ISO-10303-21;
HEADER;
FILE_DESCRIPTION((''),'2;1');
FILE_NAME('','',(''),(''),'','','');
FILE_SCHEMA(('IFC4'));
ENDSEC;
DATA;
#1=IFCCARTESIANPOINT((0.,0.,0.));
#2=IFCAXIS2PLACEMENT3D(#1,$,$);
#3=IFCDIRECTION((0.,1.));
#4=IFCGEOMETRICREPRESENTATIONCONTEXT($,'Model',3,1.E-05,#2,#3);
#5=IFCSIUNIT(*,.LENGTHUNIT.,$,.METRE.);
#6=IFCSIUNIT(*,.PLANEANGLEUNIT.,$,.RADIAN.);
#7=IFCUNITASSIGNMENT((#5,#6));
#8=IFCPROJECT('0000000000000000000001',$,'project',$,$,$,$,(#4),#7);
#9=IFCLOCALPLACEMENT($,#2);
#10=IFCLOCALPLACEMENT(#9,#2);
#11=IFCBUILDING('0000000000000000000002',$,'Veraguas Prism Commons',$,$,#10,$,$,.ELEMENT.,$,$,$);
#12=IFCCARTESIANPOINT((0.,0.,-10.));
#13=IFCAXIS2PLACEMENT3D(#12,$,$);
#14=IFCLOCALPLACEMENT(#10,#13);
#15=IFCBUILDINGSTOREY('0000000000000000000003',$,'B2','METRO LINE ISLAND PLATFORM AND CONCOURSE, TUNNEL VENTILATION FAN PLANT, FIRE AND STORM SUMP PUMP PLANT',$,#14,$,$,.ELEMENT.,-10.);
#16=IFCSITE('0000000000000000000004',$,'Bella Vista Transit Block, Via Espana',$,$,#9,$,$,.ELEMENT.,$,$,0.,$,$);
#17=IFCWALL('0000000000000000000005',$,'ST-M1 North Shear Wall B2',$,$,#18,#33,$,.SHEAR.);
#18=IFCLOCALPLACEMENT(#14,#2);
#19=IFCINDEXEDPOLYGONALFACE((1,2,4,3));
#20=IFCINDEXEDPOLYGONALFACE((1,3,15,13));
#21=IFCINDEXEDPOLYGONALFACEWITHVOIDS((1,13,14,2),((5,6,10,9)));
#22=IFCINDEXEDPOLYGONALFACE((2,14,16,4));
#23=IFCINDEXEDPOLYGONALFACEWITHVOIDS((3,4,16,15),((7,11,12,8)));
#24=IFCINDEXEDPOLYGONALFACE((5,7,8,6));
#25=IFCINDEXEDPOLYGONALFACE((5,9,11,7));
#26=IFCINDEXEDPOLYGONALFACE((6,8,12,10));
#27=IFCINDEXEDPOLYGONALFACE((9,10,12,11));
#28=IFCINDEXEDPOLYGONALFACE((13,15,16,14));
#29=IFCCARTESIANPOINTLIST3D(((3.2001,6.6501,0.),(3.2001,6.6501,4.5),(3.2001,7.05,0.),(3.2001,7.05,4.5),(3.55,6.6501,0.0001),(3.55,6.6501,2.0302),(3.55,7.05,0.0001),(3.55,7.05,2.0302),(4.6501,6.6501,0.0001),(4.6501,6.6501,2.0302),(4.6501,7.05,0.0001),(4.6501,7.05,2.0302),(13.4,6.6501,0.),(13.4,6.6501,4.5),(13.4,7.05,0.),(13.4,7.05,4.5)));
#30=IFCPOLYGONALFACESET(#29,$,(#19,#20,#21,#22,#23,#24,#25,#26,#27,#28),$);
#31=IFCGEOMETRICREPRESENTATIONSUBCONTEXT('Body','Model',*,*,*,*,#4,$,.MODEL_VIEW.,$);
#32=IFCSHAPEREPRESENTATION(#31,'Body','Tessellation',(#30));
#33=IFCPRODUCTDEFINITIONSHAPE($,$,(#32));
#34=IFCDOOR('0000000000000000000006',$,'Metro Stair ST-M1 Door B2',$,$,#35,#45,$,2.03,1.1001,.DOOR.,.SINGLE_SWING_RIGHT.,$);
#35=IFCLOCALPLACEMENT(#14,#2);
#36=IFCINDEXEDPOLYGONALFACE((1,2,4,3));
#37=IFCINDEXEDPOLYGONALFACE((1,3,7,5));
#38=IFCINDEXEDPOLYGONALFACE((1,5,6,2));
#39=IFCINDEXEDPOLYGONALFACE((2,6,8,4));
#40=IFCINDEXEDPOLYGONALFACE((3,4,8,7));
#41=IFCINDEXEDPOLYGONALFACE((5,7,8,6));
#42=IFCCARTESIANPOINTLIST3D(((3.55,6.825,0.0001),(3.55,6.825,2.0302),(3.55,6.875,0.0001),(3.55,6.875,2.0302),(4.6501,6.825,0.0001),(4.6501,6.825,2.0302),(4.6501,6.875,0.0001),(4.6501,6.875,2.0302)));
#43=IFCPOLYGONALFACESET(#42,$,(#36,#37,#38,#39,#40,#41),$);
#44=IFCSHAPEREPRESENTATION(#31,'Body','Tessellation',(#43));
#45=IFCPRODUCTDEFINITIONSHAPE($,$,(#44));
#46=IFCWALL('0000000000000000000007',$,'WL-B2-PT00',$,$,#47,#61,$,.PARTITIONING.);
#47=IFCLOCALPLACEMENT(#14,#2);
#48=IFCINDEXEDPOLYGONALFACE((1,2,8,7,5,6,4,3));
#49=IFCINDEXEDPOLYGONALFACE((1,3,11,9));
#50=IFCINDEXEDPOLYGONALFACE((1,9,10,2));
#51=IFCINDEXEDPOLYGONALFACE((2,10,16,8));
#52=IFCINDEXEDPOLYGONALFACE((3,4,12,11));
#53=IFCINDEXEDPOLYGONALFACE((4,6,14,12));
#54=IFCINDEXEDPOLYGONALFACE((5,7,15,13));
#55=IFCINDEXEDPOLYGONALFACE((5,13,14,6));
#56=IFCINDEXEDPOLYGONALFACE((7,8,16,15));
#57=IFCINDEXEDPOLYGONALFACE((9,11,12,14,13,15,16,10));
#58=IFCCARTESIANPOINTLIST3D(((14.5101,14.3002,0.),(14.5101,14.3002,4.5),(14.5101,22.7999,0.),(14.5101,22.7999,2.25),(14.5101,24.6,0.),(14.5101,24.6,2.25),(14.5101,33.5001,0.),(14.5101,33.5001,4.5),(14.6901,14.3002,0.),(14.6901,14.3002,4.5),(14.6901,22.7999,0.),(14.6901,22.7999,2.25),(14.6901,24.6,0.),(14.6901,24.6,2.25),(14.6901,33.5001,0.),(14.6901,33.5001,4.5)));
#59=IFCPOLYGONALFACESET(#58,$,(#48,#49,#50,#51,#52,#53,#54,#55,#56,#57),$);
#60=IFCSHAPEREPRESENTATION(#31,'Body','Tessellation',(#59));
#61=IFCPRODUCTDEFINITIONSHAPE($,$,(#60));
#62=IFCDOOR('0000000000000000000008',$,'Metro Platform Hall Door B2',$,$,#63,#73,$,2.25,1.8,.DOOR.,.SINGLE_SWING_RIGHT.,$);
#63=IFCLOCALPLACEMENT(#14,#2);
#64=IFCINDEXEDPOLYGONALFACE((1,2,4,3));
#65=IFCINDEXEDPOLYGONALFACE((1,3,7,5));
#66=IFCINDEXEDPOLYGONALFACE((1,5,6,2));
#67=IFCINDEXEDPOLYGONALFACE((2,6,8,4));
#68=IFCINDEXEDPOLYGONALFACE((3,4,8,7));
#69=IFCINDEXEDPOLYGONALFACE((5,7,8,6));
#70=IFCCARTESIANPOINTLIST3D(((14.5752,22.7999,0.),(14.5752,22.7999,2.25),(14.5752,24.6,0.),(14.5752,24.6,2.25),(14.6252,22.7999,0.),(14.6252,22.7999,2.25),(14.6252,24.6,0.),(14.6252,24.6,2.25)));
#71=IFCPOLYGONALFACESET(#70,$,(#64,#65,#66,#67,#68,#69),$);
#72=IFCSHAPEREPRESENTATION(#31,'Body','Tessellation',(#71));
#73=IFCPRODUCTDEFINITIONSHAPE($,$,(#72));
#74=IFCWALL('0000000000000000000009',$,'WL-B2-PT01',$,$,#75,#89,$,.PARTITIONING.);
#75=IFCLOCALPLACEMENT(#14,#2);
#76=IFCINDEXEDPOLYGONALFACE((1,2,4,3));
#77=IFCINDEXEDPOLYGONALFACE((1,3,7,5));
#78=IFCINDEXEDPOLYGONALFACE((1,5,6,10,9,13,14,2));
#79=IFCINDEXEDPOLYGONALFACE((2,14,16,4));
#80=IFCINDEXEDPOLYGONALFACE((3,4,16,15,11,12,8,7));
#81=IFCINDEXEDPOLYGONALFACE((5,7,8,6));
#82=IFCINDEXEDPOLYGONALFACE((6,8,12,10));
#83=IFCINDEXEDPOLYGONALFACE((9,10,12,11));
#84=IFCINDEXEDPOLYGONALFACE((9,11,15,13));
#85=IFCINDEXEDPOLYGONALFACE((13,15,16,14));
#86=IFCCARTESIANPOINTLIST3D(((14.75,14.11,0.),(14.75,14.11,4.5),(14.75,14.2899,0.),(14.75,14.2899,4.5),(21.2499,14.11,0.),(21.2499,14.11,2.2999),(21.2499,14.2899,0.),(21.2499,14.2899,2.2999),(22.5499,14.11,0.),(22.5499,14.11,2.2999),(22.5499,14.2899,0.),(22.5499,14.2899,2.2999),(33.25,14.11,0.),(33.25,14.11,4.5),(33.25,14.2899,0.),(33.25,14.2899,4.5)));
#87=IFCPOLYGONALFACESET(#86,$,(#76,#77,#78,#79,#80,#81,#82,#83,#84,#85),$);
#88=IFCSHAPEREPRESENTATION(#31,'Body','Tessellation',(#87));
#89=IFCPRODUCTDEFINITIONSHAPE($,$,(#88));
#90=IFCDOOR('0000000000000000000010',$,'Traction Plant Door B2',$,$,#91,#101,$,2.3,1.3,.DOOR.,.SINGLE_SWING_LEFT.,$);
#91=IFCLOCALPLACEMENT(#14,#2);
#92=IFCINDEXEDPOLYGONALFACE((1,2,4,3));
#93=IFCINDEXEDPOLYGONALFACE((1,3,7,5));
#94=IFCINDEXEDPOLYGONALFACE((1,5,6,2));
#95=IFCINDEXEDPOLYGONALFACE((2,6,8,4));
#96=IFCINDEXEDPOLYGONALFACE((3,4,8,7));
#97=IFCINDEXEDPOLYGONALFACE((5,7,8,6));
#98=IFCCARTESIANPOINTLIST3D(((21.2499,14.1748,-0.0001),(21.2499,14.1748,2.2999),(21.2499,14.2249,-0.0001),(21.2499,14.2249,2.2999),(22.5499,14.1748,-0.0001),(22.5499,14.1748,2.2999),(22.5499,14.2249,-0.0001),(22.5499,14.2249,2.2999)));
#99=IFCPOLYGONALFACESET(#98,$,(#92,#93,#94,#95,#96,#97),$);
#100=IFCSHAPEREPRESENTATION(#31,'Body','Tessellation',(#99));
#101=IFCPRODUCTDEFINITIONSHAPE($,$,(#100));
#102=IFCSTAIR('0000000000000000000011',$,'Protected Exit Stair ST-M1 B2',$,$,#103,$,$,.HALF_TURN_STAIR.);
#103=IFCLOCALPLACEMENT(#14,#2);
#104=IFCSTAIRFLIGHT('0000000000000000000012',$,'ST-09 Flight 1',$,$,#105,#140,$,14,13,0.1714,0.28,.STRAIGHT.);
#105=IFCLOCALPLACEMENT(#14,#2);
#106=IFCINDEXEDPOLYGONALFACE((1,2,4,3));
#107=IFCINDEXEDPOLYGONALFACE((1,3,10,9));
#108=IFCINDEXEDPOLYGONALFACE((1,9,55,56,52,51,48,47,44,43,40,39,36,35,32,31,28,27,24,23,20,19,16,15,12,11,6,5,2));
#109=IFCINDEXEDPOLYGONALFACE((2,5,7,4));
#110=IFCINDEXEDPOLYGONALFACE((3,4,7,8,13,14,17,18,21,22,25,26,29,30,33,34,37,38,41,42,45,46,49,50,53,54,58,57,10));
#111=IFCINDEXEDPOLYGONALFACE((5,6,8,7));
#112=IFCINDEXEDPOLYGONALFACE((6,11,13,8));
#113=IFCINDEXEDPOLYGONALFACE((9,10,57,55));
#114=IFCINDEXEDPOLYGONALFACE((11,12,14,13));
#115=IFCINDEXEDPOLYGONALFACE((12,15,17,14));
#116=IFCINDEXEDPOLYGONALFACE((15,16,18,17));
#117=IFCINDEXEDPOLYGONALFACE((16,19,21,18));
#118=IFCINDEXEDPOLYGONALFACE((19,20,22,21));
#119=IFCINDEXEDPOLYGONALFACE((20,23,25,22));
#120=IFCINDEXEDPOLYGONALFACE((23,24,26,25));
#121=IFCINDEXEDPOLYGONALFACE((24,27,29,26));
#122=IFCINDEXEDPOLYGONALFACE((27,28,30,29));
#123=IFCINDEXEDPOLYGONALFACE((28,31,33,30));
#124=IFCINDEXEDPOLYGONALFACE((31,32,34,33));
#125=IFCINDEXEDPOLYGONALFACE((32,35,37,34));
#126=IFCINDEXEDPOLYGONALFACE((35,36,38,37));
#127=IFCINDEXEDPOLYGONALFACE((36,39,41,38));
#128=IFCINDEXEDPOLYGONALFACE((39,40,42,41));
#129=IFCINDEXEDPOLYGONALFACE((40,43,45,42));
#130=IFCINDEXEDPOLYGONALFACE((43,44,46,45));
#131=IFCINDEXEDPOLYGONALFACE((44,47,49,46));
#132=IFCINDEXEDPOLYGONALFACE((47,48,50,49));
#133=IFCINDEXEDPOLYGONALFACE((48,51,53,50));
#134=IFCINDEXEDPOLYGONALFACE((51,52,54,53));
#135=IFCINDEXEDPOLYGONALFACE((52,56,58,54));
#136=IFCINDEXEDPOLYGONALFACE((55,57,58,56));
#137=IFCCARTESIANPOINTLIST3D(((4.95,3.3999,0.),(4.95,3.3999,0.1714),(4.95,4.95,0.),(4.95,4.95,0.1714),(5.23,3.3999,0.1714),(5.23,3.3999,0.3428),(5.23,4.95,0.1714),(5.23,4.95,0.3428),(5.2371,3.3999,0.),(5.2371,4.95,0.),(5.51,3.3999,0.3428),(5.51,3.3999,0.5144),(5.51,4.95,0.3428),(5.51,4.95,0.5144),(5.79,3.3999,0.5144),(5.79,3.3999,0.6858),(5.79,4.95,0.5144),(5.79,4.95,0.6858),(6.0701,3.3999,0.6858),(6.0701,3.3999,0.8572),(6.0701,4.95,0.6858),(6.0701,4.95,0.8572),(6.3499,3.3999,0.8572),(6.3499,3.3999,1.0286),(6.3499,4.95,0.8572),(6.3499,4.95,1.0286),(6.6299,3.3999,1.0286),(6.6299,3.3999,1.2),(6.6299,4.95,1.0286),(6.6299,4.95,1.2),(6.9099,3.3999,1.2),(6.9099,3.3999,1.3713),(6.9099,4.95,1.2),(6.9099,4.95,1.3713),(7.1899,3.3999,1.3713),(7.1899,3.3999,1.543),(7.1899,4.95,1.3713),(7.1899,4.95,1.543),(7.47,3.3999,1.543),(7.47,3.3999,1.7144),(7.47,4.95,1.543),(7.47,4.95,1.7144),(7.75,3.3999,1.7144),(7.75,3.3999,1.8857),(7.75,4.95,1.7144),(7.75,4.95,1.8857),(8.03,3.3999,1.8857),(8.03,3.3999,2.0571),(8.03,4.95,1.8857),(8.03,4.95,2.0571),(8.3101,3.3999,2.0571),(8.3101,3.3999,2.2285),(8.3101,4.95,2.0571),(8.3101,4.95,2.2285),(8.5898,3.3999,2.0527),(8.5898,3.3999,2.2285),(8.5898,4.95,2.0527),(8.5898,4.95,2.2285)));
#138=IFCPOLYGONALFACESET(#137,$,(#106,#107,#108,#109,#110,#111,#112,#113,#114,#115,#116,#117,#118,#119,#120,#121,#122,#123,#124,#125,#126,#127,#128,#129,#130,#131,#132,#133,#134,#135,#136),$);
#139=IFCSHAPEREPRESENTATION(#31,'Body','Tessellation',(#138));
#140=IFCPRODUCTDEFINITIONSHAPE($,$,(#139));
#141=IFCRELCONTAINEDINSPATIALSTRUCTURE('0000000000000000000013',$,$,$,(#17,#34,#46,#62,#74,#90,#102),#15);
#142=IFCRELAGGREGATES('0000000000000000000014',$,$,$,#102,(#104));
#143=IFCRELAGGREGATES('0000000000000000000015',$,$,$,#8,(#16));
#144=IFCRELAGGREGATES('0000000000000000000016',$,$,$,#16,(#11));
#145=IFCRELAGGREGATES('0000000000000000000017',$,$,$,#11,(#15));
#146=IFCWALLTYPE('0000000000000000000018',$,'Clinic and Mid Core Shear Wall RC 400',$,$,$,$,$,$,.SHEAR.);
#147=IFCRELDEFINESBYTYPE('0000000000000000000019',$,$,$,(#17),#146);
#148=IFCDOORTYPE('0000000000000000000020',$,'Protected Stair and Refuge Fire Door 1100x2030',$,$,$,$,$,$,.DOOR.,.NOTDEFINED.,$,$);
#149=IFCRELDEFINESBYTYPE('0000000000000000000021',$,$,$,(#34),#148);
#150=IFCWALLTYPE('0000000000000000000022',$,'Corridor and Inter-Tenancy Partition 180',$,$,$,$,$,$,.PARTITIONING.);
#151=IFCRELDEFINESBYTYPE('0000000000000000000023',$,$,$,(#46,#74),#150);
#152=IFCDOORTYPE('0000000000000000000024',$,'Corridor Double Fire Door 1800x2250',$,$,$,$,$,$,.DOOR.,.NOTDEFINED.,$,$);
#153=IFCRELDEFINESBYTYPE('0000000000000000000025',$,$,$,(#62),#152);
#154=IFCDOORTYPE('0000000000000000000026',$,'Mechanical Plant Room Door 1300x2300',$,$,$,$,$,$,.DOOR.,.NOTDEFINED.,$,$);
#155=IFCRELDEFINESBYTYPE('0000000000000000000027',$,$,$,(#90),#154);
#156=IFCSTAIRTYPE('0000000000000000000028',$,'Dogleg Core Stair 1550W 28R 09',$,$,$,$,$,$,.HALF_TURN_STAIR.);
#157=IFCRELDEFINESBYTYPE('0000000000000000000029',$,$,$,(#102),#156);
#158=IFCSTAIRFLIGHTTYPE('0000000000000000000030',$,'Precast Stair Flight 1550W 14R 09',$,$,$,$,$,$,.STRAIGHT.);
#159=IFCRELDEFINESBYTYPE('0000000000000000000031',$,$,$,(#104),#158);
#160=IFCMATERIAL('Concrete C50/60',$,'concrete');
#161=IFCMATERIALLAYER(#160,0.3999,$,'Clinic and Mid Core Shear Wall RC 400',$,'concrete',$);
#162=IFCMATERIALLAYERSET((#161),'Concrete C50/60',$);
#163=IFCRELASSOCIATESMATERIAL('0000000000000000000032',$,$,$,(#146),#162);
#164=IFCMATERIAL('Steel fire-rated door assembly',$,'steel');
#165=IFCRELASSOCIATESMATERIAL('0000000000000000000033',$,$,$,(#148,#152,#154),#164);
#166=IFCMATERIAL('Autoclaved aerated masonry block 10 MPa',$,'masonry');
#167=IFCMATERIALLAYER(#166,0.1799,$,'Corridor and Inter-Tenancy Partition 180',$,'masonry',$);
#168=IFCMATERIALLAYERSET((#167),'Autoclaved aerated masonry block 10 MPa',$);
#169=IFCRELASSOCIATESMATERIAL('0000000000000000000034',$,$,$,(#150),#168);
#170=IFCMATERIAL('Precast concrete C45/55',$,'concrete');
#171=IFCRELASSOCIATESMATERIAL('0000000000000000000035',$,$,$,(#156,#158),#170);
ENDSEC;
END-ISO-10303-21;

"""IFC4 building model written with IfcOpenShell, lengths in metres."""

from ifc_helpers import new_model, si_unit, direction, frame, frame_2d, origin, place, context, subcontext, project, spatial, polyline, rectangle, outline, extrude, source, transform, mapped, material, layer, layer_set, type_object, element, fill, aggregate, save


model = new_model("IFC4")

# Units and contexts
model_context = context("Model", 3, precision=1e-05, world=origin(), true_north=direction((0.0, 1.0)))
body_context = subcontext(model_context, "Body", "Model", "MODEL_VIEW")
ifc_project = project(units=[si_unit("LENGTHUNIT", "METRE"), si_unit("PLANEANGLEUNIT", "RADIAN")], contexts=[model_context])

# Site, building, storey
site_placement = place(None, origin())
site = spatial("IfcSite", under=ifc_project, at=site_placement, Name="Bella Vista Transit Block, Via Espana", CompositionType="ELEMENT", RefElevation=0.0)
building_placement = place(site_placement, origin())
building = spatial("IfcBuilding", under=site, at=building_placement, Name="Veraguas Prism Commons", CompositionType="ELEMENT")
storey_placement = place(building_placement, frame((0.0, 0.0, -10.0)))
storey = spatial("IfcBuildingStorey", under=building, at=storey_placement, Name="B2", Description="METRO LINE ISLAND PLATFORM AND CONCOURSE, TUNNEL VENTILATION FAN PLANT, FIRE AND STORM SUMP PUMP PLANT", CompositionType="ELEMENT", Elevation=-10.0)

# Walls, openings, doors
ifc_material_1 = material(Name="Concrete C50/60", Category="concrete")
ifc_layer_1 = layer(ifc_material_1, 0.3999, Name="Clinic and Mid Core Shear Wall RC 400", Category="concrete")
ifc_layer_set_1 = layer_set([ifc_layer_1], Name="Concrete C50/60")
wall_type_1 = type_object("IfcWallType", Name="Clinic and Mid Core Shear Wall RC 400", PredefinedType="SHEAR", material=ifc_layer_set_1)
wall_1_placement = place(storey_placement, frame((3.2, 6.8501, 0.0), z_axis=(0.0, 0.0, 1.0), x_axis=(1.0, 0.0, 0.0)))
wall_1 = element("IfcWall", 1, at=wall_1_placement, inside=storey, type_object=wall_type_1, Name="ST-M1 North Shear Wall B2", PredefinedType="SHEAR", context=body_context, shape_type="SweptSolid", body=[
    extrude(rectangle(XDim=10.2, YDim=0.3999, at=frame_2d((5.1001, 0.0))), origin(), (0.0, 0.0, 1.0), 4.5),
])
opening_1_placement = place(wall_1_placement, frame((0.3501, 0.0, 0.0)))
opening_1 = element("IfcOpeningElement", 2, at=opening_1_placement, cuts=wall_1, PredefinedType="OPENING", context=body_context, shape_type="SweptSolid", body=[
    extrude(rectangle(XDim=1.1001, YDim=2.03, at=frame_2d((0.55, 1.0151))), frame((0.0, 0.21, 0.0), z_axis=(0.0, -1.0, 0.0), x_axis=(1.0, 0.0, 0.0)), (0.0, 0.0, 1.0), 0.4199),
])
ifc_material_2 = material(Name="Steel fire-rated door assembly", Category="steel")
door_type_1 = type_object("IfcDoorType", Name="Protected Stair and Refuge Fire Door 1100x2030", OperationType="NOTDEFINED", PredefinedType="DOOR", material=ifc_material_2)
shared_shape_1 = source(origin(), body_context, "Body", "SweptSolid", [
    extrude(rectangle(XDim=1.1001, YDim=2.03, at=frame_2d((0.55, 1.0151))), frame((0.0, 0.0249, 0.0), z_axis=(0.0, -1.0, 0.0), x_axis=(1.0, 0.0, 0.0)), (0.0, 0.0, 1.0), 0.05),
])
door_1_placement = place(opening_1_placement, origin())
door_1 = element("IfcDoor", 3, at=door_1_placement, inside=storey, type_object=door_type_1, Name="Metro Stair ST-M1 Door B2", OperationType="SINGLE_SWING_RIGHT", OverallHeight=2.03, OverallWidth=1.1001, PredefinedType="DOOR", context=body_context, shape_type="MappedRepresentation", body=[
    mapped(shared_shape_1, transform((0.0, 0.0, 0.0), scale=1.0)),
])
fill(opening_1, door_1)
ifc_material_3 = material(Name="Autoclaved aerated masonry block 10 MPa", Category="masonry")
ifc_layer_2 = layer(ifc_material_3, 0.1799, Name="Corridor and Inter-Tenancy Partition 180", Category="masonry")
ifc_layer_set_2 = layer_set([ifc_layer_2], Name="Autoclaved aerated masonry block 10 MPa")
wall_type_2 = type_object("IfcWallType", Name="Corridor and Inter-Tenancy Partition 180", PredefinedType="PARTITIONING", material=ifc_layer_set_2)
wall_2_placement = place(storey_placement, frame((14.6001, 14.3, 0.0), z_axis=(0.0, 0.0, 1.0), x_axis=(0.0, 1.0, 0.0)))
wall_2 = element("IfcWall", 4, at=wall_2_placement, inside=storey, type_object=wall_type_2, Name="WL-B2-PT00", PredefinedType="PARTITIONING", context=body_context, shape_type="SweptSolid", body=[
    extrude(rectangle(XDim=19.2, YDim=0.1799, at=frame_2d((9.6001, 0.0))), origin(), (0.0, 0.0, 1.0), 4.5),
])
opening_2_placement = place(wall_2_placement, frame((8.5, 0.0, 0.0)))
opening_2 = element("IfcOpeningElement", 5, at=opening_2_placement, cuts=wall_2, PredefinedType="OPENING", context=body_context, shape_type="SweptSolid", body=[
    extrude(rectangle(XDim=1.8, YDim=2.25, at=frame_2d((0.8999, 1.125))), frame((0.0, 0.0999, 0.0), z_axis=(0.0, -1.0, 0.0), x_axis=(1.0, 0.0, 0.0)), (0.0, 0.0, 1.0), 0.2),
])
door_type_2 = type_object("IfcDoorType", Name="Corridor Double Fire Door 1800x2250", OperationType="NOTDEFINED", PredefinedType="DOOR", material=ifc_material_2)
shared_shape_2 = source(origin(), body_context, "Body", "SweptSolid", [
    extrude(rectangle(XDim=1.8, YDim=2.25, at=frame_2d((0.8999, 1.125))), frame((0.0, 0.0249, 0.0), z_axis=(0.0, -1.0, 0.0), x_axis=(1.0, 0.0, 0.0)), (0.0, 0.0, 1.0), 0.05),
])
door_2_placement = place(opening_2_placement, origin())
door_2 = element("IfcDoor", 6, at=door_2_placement, inside=storey, type_object=door_type_2, Name="Metro Platform Hall Door B2", OperationType="SINGLE_SWING_RIGHT", OverallHeight=2.25, OverallWidth=1.8, PredefinedType="DOOR", context=body_context, shape_type="MappedRepresentation", body=[
    mapped(shared_shape_2, transform((0.0, 0.0, 0.0), scale=1.0)),
])
fill(opening_2, door_2)
wall_3_placement = place(storey_placement, frame((14.75, 14.2, 0.0), z_axis=(0.0, 0.0, 1.0), x_axis=(1.0, 0.0, 0.0)))
wall_3 = element("IfcWall", 7, at=wall_3_placement, inside=storey, type_object=wall_type_2, Name="WL-B2-PT01", PredefinedType="PARTITIONING", context=body_context, shape_type="SweptSolid", body=[
    extrude(rectangle(XDim=18.5, YDim=0.1799, at=frame_2d((9.25, 0.0))), origin(), (0.0, 0.0, 1.0), 4.5),
])
opening_3_placement = place(wall_3_placement, frame((6.5, 0.0, 0.0)))
opening_3 = element("IfcOpeningElement", 8, at=opening_3_placement, cuts=wall_3, PredefinedType="OPENING", context=body_context, shape_type="SweptSolid", body=[
    extrude(rectangle(XDim=1.3, YDim=2.3, at=frame_2d((0.6499, 1.1499))), frame((0.0, 0.0999, 0.0), z_axis=(0.0, -1.0, 0.0), x_axis=(1.0, 0.0, 0.0)), (0.0, 0.0, 1.0), 0.2),
])
door_type_3 = type_object("IfcDoorType", Name="Mechanical Plant Room Door 1300x2300", OperationType="NOTDEFINED", PredefinedType="DOOR", material=ifc_material_2)
shared_shape_3 = source(origin(), body_context, "Body", "SweptSolid", [
    extrude(rectangle(XDim=1.3, YDim=2.3, at=frame_2d((0.6499, 1.1499))), frame((0.0, 0.0249, 0.0), z_axis=(0.0, -1.0, 0.0), x_axis=(1.0, 0.0, 0.0)), (0.0, 0.0, 1.0), 0.05),
])
door_3_placement = place(opening_3_placement, origin())
door_3 = element("IfcDoor", 9, at=door_3_placement, inside=storey, type_object=door_type_3, Name="Traction Plant Door B2", OperationType="SINGLE_SWING_LEFT", OverallHeight=2.3, OverallWidth=1.3, PredefinedType="DOOR", context=body_context, shape_type="MappedRepresentation", body=[
    mapped(shared_shape_3, transform((0.0, 0.0, 0.0), scale=1.0)),
])
fill(opening_3, door_3)

# Stair, stair flight
ifc_material_4 = material(Name="Precast concrete C45/55", Category="concrete")
stair_type = type_object("IfcStairType", Name="Dogleg Core Stair 1550W 28R 09", PredefinedType="HALF_TURN_STAIR", material=ifc_material_4)
stair_placement = place(storey_placement, origin())
stair = element("IfcStair", 10, at=stair_placement, inside=storey, type_object=stair_type, Name="Protected Exit Stair ST-M1 B2", PredefinedType="HALF_TURN_STAIR")
stair_flight_type = type_object("IfcStairFlightType", Name="Precast Stair Flight 1550W 14R 09", PredefinedType="STRAIGHT", material=ifc_material_4)
stair_flight_1_placement = place(storey_placement, frame((4.95, 4.175, 0.0), z_axis=(0.0, 0.0, 1.0), x_axis=(1.0, 0.0, 0.0)))
stair_flight_1 = element("IfcStairFlight", 11, at=stair_flight_1_placement, type_object=stair_flight_type, Name="ST-09 Flight 1", NumberOfRisers=14, NumberOfTreads=13, PredefinedType="STRAIGHT", RiserHeight=0.1714, TreadLength=0.28, context=body_context, shape_type="SweptSolid", body=[
    extrude(outline(polyline([(0.0, 0.0), (0.0, 0.1714), (0.28, 0.1714), (0.28, 0.3428), (0.5601, 0.3428), (0.5601, 0.5144), (0.8401, 0.5144), (0.8401, 0.6858), (1.1201, 0.6858), (1.1201, 0.8572), (1.3999, 0.8572), (1.3999, 1.0286), (1.6799, 1.0286), (1.6799, 1.2), (1.96, 1.2), (1.96, 1.3713), (2.24, 1.3713), (2.24, 1.543), (2.52, 1.543), (2.52, 1.7144), (2.8, 1.7144), (2.8, 1.8857), (3.0801, 1.8857), (3.0801, 2.0571), (3.3601, 2.0571), (3.3601, 2.2285), (3.6399, 2.2285), (3.6399, 2.3999), (3.6399, 2.0527), (0.2871, 0.0), (0.0, 0.0)])), frame((0.0, 0.7749, 0.0), z_axis=(0.0, -1.0, 0.0), x_axis=(1.0, 0.0, 0.0)), (0.0, 0.0, 1.0), 1.55),
])
aggregate(stair, [stair_flight_1])

save(model, "model.ifc")
